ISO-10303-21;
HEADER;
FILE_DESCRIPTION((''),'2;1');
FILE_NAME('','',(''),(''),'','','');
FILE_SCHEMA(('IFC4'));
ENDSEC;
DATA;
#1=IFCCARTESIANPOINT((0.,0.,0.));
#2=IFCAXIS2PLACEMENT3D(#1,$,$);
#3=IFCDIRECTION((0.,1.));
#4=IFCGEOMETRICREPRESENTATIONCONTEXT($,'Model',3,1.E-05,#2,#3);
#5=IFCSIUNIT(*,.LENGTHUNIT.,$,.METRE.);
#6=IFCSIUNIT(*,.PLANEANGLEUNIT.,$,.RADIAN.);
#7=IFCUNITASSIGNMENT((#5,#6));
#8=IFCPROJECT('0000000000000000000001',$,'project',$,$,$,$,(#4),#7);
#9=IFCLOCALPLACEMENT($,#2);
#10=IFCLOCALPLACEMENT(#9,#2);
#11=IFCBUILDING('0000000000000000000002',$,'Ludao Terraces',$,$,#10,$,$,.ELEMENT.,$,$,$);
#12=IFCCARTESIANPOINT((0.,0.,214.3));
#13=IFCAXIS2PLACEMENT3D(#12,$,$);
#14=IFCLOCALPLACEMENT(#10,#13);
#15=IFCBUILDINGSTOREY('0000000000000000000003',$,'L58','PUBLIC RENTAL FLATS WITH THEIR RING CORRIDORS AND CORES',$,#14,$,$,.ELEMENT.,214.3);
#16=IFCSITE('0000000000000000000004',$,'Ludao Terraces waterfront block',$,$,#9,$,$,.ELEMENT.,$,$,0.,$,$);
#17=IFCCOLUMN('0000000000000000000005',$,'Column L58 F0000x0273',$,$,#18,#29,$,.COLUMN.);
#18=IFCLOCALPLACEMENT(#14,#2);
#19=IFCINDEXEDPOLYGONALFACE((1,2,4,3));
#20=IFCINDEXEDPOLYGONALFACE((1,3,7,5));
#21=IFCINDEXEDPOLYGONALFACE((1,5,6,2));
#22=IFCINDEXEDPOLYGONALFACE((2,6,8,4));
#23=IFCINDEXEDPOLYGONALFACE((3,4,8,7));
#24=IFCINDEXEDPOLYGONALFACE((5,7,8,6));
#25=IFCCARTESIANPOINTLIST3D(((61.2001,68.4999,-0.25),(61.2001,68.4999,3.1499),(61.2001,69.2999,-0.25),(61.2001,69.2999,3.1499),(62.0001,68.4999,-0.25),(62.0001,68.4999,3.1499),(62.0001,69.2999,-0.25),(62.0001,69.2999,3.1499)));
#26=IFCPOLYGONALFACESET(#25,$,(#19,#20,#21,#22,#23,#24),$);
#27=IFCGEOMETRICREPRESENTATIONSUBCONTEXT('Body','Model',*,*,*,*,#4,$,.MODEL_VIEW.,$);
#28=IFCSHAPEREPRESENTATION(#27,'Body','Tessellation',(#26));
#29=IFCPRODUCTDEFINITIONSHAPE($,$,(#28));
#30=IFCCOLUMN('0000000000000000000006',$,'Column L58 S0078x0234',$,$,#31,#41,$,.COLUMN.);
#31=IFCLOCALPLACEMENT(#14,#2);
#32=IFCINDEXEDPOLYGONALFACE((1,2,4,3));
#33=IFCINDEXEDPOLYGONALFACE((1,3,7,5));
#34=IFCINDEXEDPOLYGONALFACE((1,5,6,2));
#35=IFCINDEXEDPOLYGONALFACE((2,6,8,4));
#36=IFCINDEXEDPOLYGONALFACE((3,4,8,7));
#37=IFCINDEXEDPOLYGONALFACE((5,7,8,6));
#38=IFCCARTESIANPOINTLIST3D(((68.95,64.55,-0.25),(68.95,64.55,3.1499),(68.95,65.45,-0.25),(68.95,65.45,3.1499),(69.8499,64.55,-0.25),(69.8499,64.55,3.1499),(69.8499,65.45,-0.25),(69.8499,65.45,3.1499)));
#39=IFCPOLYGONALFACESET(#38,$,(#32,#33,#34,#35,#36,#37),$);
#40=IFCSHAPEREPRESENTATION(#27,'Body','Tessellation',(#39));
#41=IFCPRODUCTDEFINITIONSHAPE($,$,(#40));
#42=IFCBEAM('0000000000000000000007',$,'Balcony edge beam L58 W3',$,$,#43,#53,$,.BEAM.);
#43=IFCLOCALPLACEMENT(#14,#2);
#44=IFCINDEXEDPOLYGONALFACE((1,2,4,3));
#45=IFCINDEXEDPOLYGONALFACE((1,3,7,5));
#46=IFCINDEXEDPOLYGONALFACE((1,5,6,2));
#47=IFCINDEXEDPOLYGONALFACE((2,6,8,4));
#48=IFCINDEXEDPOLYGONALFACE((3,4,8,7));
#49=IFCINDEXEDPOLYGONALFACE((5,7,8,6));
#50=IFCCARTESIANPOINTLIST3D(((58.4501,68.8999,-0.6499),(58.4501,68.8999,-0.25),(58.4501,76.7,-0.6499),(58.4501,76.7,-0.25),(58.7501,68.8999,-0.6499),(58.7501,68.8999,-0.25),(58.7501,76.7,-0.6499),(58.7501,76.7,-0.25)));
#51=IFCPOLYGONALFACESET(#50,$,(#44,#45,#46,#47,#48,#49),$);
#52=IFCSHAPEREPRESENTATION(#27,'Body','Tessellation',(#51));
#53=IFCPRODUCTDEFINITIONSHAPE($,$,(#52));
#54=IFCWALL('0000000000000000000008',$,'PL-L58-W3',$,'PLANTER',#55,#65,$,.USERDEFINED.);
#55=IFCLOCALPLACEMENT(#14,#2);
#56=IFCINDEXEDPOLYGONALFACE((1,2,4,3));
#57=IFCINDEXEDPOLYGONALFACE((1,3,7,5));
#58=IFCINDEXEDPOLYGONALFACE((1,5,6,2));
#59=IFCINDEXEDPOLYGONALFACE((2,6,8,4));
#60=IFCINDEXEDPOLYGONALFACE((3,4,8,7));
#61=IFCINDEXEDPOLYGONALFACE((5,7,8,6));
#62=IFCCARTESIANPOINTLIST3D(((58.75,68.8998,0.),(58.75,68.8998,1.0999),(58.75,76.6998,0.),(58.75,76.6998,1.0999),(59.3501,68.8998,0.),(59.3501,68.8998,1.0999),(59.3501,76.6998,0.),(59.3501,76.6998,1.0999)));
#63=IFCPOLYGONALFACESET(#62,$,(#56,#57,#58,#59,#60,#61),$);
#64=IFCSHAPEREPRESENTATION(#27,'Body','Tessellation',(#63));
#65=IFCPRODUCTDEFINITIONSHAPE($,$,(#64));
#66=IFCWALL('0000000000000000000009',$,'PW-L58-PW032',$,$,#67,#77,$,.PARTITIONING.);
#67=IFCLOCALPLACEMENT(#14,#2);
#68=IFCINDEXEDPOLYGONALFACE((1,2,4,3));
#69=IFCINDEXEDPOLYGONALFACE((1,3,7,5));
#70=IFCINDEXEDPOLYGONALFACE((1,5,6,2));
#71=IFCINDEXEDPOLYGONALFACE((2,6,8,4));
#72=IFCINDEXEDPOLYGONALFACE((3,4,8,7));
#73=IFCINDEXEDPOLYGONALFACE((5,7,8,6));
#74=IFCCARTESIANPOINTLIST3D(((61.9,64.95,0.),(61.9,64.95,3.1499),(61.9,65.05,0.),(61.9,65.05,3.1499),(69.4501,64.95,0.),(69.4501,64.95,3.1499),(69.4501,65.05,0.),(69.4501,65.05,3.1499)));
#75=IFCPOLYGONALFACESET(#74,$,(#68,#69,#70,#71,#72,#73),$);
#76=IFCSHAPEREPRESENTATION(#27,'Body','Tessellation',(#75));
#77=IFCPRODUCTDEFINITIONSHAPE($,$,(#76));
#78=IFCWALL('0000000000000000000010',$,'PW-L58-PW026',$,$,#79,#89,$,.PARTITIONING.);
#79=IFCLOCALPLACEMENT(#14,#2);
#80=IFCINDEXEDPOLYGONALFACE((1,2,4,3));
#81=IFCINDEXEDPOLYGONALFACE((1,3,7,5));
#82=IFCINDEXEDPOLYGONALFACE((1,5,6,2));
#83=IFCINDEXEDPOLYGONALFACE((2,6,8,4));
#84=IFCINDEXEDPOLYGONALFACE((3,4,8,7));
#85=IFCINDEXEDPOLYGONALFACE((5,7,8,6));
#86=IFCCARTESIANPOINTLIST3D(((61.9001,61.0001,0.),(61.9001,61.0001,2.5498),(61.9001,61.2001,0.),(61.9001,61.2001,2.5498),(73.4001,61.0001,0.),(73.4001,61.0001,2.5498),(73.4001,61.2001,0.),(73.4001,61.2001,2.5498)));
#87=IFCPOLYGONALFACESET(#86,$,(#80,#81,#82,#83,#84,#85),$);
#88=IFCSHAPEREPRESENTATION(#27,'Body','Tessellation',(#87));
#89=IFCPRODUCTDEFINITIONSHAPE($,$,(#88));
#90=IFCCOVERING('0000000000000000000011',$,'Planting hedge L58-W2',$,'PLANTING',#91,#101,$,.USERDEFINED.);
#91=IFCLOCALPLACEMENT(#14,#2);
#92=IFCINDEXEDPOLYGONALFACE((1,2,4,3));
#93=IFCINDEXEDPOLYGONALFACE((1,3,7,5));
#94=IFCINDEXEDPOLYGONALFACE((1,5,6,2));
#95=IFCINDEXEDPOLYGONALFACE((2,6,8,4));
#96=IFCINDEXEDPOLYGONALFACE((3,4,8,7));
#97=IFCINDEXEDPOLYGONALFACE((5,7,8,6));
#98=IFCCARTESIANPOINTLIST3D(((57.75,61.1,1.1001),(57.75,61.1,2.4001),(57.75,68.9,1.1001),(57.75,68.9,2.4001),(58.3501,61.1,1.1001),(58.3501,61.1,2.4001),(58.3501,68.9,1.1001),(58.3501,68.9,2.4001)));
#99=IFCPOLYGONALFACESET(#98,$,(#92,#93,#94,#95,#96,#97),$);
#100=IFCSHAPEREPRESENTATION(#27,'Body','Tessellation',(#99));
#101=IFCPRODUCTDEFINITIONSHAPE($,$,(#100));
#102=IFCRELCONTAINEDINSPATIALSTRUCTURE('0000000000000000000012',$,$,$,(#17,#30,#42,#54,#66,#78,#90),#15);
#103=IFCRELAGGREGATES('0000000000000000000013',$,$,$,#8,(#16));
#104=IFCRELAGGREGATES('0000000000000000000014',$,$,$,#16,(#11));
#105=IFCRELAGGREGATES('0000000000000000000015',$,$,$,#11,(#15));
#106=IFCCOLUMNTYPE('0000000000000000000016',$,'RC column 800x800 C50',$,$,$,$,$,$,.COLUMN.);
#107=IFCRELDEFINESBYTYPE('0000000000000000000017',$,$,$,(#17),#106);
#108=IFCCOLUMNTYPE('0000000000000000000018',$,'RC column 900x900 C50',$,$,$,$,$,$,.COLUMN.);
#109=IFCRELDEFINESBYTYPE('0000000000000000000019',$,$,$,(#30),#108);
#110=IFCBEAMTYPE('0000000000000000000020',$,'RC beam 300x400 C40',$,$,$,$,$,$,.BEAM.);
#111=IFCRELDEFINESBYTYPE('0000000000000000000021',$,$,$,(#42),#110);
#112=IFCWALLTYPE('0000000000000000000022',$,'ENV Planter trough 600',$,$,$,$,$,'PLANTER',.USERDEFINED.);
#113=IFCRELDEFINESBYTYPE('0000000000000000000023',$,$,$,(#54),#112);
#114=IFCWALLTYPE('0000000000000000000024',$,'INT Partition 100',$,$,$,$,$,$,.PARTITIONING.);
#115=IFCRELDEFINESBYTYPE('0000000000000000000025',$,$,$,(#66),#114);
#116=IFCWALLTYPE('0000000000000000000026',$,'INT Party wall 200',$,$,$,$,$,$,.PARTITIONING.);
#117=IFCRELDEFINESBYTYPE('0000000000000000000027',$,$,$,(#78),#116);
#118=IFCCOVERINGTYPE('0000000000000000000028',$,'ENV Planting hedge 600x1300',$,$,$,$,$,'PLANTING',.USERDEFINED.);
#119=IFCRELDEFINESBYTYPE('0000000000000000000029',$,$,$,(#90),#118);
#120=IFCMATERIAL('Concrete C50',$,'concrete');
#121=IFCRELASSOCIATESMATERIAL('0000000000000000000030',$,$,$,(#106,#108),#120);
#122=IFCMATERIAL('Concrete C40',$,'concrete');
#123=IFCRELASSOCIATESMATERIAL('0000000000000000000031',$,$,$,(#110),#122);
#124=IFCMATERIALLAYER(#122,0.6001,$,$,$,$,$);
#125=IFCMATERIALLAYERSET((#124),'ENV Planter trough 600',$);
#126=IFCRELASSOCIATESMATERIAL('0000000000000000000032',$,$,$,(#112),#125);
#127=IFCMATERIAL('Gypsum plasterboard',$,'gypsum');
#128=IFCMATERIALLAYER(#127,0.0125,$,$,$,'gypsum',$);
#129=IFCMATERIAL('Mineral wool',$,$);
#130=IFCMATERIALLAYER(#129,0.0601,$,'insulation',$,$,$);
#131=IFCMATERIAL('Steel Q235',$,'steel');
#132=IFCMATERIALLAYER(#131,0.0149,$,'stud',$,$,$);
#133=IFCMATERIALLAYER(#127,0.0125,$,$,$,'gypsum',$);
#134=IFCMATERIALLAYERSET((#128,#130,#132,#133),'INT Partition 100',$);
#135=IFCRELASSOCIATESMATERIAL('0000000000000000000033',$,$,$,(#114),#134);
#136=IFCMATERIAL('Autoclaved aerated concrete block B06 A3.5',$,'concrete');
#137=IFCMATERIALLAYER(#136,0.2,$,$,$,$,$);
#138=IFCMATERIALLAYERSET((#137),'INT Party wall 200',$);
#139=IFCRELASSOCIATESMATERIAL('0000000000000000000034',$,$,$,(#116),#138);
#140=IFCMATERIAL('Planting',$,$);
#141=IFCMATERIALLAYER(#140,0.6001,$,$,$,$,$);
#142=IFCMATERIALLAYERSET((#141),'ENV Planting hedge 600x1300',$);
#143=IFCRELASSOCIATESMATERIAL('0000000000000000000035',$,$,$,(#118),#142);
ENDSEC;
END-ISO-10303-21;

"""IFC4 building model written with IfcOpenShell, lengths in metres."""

from ifc_helpers import new_model, si_unit, direction, frame, frame_2d, origin, origin_2d, place, context, subcontext, project, spatial, rectangle, extrude, material, layer, layer_set, material_profile, profile_set, type_object, element, save


model = new_model("IFC4")

# Units and contexts
model_context = context("Model", 3, precision=1e-05, world=origin(), true_north=direction((0.0, 1.0)))
body_context = subcontext(model_context, "Body", "Model", "MODEL_VIEW")
ifc_project = project(units=[si_unit("LENGTHUNIT", "METRE"), si_unit("PLANEANGLEUNIT", "RADIAN")], contexts=[model_context])

# Site, building, storey
site_placement = place(None, origin())
site = spatial("IfcSite", under=ifc_project, at=site_placement, Name="Ludao Terraces waterfront block", CompositionType="ELEMENT", RefElevation=0.0)
building_placement = place(site_placement, origin())
building = spatial("IfcBuilding", under=site, at=building_placement, Name="Ludao Terraces", CompositionType="ELEMENT")
storey_placement = place(building_placement, frame((0.0, 0.0, 214.3)))
storey = spatial("IfcBuildingStorey", under=building, at=storey_placement, Name="L58", Description="PUBLIC RENTAL FLATS WITH THEIR RING CORRIDORS AND CORES", CompositionType="ELEMENT", Elevation=214.3)

# Columns
ifc_material_1 = material(Name="Concrete C50", Category="concrete")
ifc_material_profile_1 = material_profile(ifc_material_1, rectangle(XDim=0.8, YDim=0.8, at=origin_2d()), Name="800 X 800")
ifc_profile_set_1 = profile_set([ifc_material_profile_1], Name="Concrete C50")
column_type_1 = type_object("IfcColumnType", Name="RC column 800x800 C50", PredefinedType="COLUMN", material=ifc_profile_set_1)
column_1_placement = place(storey_placement, frame((61.6001, 68.8999, -0.25), z_axis=(0.0, 0.0, 1.0), x_axis=(1.0, 0.0, 0.0)))
element("IfcColumn", 1, at=column_1_placement, inside=storey, type_object=column_type_1, Name="Column L58 F0000x0273", PredefinedType="COLUMN", context=body_context, shape_type="SweptSolid", body=[
    extrude(rectangle(XDim=0.8, YDim=0.8, at=origin_2d()), origin(), (0.0, 0.0, 1.0), 3.3999),
])
ifc_material_profile_2 = material_profile(ifc_material_1, rectangle(XDim=0.8999, YDim=0.8999, at=origin_2d()), Name="900 X 900")
ifc_profile_set_2 = profile_set([ifc_material_profile_2], Name="Concrete C50")
column_type_2 = type_object("IfcColumnType", Name="RC column 900x900 C50", PredefinedType="COLUMN", material=ifc_profile_set_2)
column_2_placement = place(storey_placement, frame((69.3999, 65.0, -0.25), z_axis=(0.0, 0.0, 1.0), x_axis=(1.0, 0.0, 0.0)))
element("IfcColumn", 2, at=column_2_placement, inside=storey, type_object=column_type_2, Name="Column L58 S0078x0234", PredefinedType="COLUMN", context=body_context, shape_type="SweptSolid", body=[
    extrude(rectangle(XDim=0.8999, YDim=0.8999, at=origin_2d()), origin(), (0.0, 0.0, 1.0), 3.3999),
])

# Beam
ifc_material_2 = material(Name="Concrete C40", Category="concrete")
ifc_material_profile_3 = material_profile(ifc_material_2, rectangle(XDim=0.3, YDim=0.3999, at=origin_2d()), Name="300 X 400")
ifc_profile_set_3 = profile_set([ifc_material_profile_3], Name="Concrete C40")
beam_type = type_object("IfcBeamType", Name="RC beam 300x400 C40", PredefinedType="BEAM", material=ifc_profile_set_3)
beam_placement = place(storey_placement, frame((58.6001, 68.8999, -0.45), z_axis=(0.0, 1.0, 0.0), x_axis=(-1.0, 0.0, 0.0)))
element("IfcBeam", 3, at=beam_placement, inside=storey, type_object=beam_type, Name="Balcony edge beam L58 W3", PredefinedType="BEAM", context=body_context, shape_type="SweptSolid", body=[
    extrude(rectangle(XDim=0.3, YDim=0.3999, at=origin_2d()), origin(), (0.0, 0.0, 1.0), 7.8),
])

# Wall
ifc_layer_1 = layer(ifc_material_2, 0.6001)
ifc_layer_set_1 = layer_set([ifc_layer_1], Name="ENV Planter trough 600")
wall_type_1 = type_object("IfcWallType", Name="ENV Planter trough 600", ElementType="PLANTER", PredefinedType="USERDEFINED", material=ifc_layer_set_1)
wall_1_placement = place(storey_placement, frame((59.05, 68.8999, 0.0), z_axis=(0.0, 0.0, 1.0), x_axis=(0.0, 1.0, 0.0)))
element("IfcWall", 4, at=wall_1_placement, inside=storey, type_object=wall_type_1, Name="PL-L58-W3", ObjectType="PLANTER", PredefinedType="USERDEFINED", context=body_context, shape_type="SweptSolid", body=[
    extrude(rectangle(XDim=7.8, YDim=0.6001, at=frame_2d((3.8999, 0.0))), origin(), (0.0, 0.0, 1.0), 1.0999),
])

# Shared definitions
ifc_material_3 = material(Name="Mineral wool")

# Wall
ifc_material_4 = material(Name="Gypsum plasterboard", Category="gypsum")
ifc_layer_2 = layer(ifc_material_4, 0.0125, Category="gypsum")
ifc_layer_3 = layer(ifc_material_3, 0.0601, Name="insulation")
ifc_material_5 = material(Name="Steel Q235", Category="steel")
ifc_layer_4 = layer(ifc_material_5, 0.0149, Name="stud")
ifc_layer_5 = layer(ifc_material_4, 0.0125, Category="gypsum")
ifc_layer_set_2 = layer_set([ifc_layer_2, ifc_layer_3, ifc_layer_4, ifc_layer_5], Name="INT Partition 100")
wall_type_2 = type_object("IfcWallType", Name="INT Partition 100", PredefinedType="PARTITIONING", material=ifc_layer_set_2)
wall_2_placement = place(storey_placement, frame((61.9001, 65.0, 0.0), z_axis=(0.0, 0.0, 1.0), x_axis=(1.0, 0.0, 0.0)))
element("IfcWall", 5, at=wall_2_placement, inside=storey, type_object=wall_type_2, Name="PW-L58-PW032", PredefinedType="PARTITIONING", context=body_context, shape_type="SweptSolid", body=[
    extrude(rectangle(XDim=7.55, YDim=0.1001, at=frame_2d((3.7749, 0.0))), origin(), (0.0, 0.0, 1.0), 3.1499),
])

# Wall
ifc_material_6 = material(Name="Autoclaved aerated concrete block B06 A3.5", Category="concrete")
ifc_layer_6 = layer(ifc_material_6, 0.2)
ifc_layer_set_3 = layer_set([ifc_layer_6], Name="INT Party wall 200")
wall_type_3 = type_object("IfcWallType", Name="INT Party wall 200", PredefinedType="PARTITIONING", material=ifc_layer_set_3)
wall_3_placement = place(storey_placement, frame((61.9001, 61.1001, 0.0), z_axis=(0.0, 0.0, 1.0), x_axis=(1.0, 0.0, 0.0)))
element("IfcWall", 6, at=wall_3_placement, inside=storey, type_object=wall_type_3, Name="PW-L58-PW026", PredefinedType="PARTITIONING", context=body_context, shape_type="SweptSolid", body=[
    extrude(rectangle(XDim=11.5, YDim=0.2, at=frame_2d((5.75, 0.0))), origin(), (0.0, 0.0, 1.0), 2.5498),
])

# Covering
ifc_material_7 = material(Name="Planting")
ifc_layer_7 = layer(ifc_material_7, 0.6001)
ifc_layer_set_4 = layer_set([ifc_layer_7], Name="ENV Planting hedge 600x1300")
covering_type = type_object("IfcCoveringType", Name="ENV Planting hedge 600x1300", ElementType="PLANTING", PredefinedType="USERDEFINED", material=ifc_layer_set_4)
covering_placement = place(storey_placement, frame((58.05, 65.0, 1.1001), z_axis=(0.0, 0.0, 1.0), x_axis=(1.0, 0.0, 0.0)))
element("IfcCovering", 7, at=covering_placement, inside=storey, type_object=covering_type, Name="Planting hedge L58-W2", ObjectType="PLANTING", PredefinedType="USERDEFINED", context=body_context, shape_type="SweptSolid", body=[
    extrude(rectangle(XDim=0.6001, YDim=7.8, at=origin_2d()), origin(), (0.0, 0.0, 1.0), 1.3),
])

save(model, "model.ifc")
